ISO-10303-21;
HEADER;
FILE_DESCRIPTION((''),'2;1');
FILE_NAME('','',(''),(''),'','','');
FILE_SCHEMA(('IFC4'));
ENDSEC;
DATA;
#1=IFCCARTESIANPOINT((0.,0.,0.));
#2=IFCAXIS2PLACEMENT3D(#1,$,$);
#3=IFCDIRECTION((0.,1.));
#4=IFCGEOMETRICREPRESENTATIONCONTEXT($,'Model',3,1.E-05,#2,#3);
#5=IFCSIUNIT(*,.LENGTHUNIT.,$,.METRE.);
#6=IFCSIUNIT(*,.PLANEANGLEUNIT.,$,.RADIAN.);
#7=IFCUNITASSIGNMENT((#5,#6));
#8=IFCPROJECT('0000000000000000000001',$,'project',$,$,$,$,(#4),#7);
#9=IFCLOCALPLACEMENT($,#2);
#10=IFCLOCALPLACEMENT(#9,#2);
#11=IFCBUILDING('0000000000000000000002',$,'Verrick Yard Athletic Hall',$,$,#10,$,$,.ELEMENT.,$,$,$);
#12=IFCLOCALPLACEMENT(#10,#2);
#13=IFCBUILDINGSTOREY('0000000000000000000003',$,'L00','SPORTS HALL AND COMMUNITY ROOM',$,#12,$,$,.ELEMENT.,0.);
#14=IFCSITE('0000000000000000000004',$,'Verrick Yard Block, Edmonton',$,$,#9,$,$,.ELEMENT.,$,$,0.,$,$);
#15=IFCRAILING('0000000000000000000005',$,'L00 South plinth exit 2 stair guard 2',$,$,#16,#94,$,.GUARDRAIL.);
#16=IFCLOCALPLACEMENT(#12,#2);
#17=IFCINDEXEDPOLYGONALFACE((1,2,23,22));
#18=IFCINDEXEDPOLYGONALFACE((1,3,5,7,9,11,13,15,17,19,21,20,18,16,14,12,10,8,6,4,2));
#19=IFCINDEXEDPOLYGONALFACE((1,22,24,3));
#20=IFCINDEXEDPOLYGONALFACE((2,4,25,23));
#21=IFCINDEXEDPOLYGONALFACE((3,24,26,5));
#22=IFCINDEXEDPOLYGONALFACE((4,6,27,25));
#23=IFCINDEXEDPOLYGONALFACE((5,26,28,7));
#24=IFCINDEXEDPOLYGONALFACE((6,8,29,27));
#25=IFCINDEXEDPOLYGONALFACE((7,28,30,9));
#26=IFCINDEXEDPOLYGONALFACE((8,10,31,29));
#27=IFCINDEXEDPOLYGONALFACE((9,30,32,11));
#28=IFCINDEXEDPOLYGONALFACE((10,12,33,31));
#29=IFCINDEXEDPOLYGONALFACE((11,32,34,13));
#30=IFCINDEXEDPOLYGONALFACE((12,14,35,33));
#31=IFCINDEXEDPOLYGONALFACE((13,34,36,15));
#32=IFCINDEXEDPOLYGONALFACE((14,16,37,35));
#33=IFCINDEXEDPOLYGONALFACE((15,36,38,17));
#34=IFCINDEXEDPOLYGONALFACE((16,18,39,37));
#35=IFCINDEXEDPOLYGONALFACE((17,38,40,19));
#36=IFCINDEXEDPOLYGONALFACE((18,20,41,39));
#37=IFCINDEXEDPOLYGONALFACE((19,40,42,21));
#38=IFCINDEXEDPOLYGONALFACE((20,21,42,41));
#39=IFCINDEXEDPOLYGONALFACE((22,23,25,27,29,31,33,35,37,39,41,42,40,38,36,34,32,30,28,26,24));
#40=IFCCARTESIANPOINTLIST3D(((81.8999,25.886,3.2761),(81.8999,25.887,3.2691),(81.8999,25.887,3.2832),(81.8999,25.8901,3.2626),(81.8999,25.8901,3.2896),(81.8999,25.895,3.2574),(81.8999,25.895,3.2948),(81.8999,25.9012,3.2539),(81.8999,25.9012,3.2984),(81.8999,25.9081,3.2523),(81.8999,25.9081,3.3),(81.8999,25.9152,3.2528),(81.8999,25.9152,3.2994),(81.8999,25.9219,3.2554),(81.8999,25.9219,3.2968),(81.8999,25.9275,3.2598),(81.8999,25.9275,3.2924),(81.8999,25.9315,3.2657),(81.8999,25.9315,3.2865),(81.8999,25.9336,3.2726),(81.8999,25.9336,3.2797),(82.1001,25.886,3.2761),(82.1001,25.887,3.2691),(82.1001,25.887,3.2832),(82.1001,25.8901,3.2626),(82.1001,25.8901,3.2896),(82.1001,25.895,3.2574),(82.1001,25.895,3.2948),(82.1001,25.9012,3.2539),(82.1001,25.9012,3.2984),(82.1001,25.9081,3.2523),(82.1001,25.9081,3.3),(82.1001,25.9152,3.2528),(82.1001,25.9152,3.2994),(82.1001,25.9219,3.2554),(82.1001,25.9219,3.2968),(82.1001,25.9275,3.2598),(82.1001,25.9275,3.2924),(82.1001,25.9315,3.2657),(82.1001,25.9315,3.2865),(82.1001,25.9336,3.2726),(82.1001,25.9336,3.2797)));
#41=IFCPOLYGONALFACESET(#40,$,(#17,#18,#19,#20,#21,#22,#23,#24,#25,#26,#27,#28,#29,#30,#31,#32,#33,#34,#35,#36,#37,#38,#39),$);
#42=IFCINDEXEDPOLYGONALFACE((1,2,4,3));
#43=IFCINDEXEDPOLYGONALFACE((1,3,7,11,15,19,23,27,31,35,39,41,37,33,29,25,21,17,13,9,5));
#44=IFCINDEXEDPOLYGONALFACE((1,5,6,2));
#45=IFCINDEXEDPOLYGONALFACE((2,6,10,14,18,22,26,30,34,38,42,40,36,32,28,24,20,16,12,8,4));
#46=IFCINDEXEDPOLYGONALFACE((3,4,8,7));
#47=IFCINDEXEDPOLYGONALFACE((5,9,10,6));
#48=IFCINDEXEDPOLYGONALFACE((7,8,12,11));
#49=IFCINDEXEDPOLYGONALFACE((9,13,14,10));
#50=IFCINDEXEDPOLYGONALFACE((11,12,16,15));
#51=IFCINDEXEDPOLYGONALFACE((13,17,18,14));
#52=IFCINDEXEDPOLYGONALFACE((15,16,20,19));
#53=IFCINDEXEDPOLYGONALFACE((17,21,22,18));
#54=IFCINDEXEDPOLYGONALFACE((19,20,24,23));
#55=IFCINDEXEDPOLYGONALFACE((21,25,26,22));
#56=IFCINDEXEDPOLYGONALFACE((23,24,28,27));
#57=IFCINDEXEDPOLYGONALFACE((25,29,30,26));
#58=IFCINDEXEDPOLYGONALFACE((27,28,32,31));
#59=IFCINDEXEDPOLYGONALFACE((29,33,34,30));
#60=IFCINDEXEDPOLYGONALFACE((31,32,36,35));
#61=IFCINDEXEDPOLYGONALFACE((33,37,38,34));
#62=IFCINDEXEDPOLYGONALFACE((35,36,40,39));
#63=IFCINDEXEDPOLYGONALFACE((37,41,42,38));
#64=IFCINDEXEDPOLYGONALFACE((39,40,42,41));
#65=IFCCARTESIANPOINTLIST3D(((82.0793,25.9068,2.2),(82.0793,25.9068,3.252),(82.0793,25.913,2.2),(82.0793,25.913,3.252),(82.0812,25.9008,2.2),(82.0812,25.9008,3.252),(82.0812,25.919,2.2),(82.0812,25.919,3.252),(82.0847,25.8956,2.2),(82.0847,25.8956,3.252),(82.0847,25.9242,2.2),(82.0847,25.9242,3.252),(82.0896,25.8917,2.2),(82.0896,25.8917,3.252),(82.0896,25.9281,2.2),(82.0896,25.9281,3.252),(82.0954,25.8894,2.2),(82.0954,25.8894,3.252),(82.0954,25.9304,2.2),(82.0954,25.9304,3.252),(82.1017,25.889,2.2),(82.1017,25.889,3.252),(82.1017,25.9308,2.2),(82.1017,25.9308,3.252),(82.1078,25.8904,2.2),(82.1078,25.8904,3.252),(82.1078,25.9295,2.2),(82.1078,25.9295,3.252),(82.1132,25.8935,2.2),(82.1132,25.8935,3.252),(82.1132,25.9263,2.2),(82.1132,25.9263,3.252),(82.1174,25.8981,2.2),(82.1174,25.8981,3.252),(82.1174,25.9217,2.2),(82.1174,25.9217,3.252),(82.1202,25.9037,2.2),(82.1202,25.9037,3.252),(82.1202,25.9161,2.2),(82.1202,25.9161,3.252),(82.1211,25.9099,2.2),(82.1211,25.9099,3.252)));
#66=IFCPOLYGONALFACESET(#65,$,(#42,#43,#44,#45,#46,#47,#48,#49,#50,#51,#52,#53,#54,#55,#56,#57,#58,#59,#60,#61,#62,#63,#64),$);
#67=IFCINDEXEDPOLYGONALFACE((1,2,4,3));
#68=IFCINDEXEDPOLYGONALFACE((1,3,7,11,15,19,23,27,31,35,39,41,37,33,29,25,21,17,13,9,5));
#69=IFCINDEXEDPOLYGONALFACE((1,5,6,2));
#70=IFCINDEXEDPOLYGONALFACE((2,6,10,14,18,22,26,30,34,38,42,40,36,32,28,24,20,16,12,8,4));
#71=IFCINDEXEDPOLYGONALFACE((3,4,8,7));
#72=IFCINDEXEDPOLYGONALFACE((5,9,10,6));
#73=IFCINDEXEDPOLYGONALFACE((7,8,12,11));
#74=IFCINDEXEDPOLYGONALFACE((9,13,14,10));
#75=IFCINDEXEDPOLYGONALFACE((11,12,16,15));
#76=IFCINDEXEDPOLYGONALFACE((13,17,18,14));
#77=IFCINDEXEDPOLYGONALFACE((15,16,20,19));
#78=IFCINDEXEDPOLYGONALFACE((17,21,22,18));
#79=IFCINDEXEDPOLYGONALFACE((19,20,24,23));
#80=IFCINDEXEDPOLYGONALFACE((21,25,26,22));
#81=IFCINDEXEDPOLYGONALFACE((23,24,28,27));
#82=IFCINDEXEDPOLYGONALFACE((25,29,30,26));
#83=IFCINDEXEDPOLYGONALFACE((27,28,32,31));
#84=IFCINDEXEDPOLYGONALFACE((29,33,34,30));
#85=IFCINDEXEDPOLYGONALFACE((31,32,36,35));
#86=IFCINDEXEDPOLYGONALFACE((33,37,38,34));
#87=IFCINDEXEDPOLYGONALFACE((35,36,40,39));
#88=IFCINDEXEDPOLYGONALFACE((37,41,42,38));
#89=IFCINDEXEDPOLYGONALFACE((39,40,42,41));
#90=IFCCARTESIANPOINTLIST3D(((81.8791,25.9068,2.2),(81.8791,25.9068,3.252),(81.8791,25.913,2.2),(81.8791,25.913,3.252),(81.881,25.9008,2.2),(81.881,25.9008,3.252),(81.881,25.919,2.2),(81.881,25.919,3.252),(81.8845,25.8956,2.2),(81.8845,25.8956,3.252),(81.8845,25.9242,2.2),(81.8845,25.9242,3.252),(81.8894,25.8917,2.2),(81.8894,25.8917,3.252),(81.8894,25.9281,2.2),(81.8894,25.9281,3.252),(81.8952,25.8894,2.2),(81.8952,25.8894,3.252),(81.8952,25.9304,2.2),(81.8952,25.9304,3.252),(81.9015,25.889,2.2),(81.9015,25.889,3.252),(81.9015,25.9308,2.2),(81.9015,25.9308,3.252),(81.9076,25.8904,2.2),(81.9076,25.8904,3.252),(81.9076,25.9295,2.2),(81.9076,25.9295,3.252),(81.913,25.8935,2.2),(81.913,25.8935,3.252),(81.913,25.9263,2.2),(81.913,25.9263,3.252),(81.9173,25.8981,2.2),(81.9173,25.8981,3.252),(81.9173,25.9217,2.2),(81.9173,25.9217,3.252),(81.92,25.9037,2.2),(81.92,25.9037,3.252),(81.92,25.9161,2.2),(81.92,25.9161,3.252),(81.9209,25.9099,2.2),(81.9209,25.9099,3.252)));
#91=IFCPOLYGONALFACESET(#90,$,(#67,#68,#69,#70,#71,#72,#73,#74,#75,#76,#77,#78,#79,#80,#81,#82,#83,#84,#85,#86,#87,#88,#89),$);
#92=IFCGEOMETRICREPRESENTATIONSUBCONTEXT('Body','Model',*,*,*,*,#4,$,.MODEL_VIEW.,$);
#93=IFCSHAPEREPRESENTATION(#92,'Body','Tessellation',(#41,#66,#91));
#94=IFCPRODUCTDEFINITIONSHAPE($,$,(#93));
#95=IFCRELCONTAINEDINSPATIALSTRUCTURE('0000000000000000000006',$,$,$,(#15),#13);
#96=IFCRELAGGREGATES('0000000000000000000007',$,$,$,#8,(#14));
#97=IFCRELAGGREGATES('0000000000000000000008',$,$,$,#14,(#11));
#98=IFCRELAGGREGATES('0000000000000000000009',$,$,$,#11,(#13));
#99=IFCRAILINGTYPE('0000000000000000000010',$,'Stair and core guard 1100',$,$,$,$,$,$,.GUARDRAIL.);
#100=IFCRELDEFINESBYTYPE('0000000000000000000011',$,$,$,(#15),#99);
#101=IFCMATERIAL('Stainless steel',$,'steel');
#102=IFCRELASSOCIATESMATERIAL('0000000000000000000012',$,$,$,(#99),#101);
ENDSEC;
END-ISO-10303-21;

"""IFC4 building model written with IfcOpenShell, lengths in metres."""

from ifc_helpers import new_model, si_unit, direction, frame, origin, origin_2d, place, context, subcontext, project, spatial, circle, extrude, material, type_object, element, save


model = new_model("IFC4")

# Units and contexts
model_context = context("Model", 3, precision=1e-05, world=origin(), true_north=direction((0.0, 1.0)))
body_context = subcontext(model_context, "Body", "Model", "MODEL_VIEW")
ifc_project = project(units=[si_unit("LENGTHUNIT", "METRE"), si_unit("PLANEANGLEUNIT", "RADIAN")], contexts=[model_context])

# Site, building, storey
site_placement = place(None, origin())
site = spatial("IfcSite", under=ifc_project, at=site_placement, Name="Verrick Yard Block, Edmonton", CompositionType="ELEMENT", RefElevation=0.0)
building_placement = place(site_placement, origin())
building = spatial("IfcBuilding", under=site, at=building_placement, Name="Verrick Yard Athletic Hall", CompositionType="ELEMENT")
storey_placement = place(building_placement, origin())
storey = spatial("IfcBuildingStorey", under=building, at=storey_placement, Name="L00", Description="SPORTS HALL AND COMMUNITY ROOM", CompositionType="ELEMENT", Elevation=0.0)

# Railing
ifc_material_1 = material(Name="Stainless steel", Category="steel")
railing_type_1 = type_object("IfcRailingType", Name="Stair and core guard 1100", PredefinedType="GUARDRAIL", material=ifc_material_1)
railing_1_placement = place(storey_placement, frame((82.1001, 25.9099, 2.2)))
element("IfcRailing", 1, at=railing_1_placement, inside=storey, type_object=railing_type_1, Name="L00 South plinth exit 2 stair guard 2", PredefinedType="GUARDRAIL", context=body_context, shape_type="SweptSolid", body=[
    extrude(circle(Radius=0.0239, at=origin_2d()), frame((0.0, 0.0, 1.0762), z_axis=(-1.0, 0.0, 0.0), x_axis=(0.0, -1.0, 0.0)), (0.0, 0.0, 1.0), 0.2002),
    extrude(circle(Radius=0.021, at=origin_2d()), origin(), (0.0, 0.0, 1.0), 1.052),
    extrude(circle(Radius=0.021, at=origin_2d()), frame((-0.2002, 0.0, 0.0)), (0.0, 0.0, 1.0), 1.052),
])

save(model, "model.ifc")
